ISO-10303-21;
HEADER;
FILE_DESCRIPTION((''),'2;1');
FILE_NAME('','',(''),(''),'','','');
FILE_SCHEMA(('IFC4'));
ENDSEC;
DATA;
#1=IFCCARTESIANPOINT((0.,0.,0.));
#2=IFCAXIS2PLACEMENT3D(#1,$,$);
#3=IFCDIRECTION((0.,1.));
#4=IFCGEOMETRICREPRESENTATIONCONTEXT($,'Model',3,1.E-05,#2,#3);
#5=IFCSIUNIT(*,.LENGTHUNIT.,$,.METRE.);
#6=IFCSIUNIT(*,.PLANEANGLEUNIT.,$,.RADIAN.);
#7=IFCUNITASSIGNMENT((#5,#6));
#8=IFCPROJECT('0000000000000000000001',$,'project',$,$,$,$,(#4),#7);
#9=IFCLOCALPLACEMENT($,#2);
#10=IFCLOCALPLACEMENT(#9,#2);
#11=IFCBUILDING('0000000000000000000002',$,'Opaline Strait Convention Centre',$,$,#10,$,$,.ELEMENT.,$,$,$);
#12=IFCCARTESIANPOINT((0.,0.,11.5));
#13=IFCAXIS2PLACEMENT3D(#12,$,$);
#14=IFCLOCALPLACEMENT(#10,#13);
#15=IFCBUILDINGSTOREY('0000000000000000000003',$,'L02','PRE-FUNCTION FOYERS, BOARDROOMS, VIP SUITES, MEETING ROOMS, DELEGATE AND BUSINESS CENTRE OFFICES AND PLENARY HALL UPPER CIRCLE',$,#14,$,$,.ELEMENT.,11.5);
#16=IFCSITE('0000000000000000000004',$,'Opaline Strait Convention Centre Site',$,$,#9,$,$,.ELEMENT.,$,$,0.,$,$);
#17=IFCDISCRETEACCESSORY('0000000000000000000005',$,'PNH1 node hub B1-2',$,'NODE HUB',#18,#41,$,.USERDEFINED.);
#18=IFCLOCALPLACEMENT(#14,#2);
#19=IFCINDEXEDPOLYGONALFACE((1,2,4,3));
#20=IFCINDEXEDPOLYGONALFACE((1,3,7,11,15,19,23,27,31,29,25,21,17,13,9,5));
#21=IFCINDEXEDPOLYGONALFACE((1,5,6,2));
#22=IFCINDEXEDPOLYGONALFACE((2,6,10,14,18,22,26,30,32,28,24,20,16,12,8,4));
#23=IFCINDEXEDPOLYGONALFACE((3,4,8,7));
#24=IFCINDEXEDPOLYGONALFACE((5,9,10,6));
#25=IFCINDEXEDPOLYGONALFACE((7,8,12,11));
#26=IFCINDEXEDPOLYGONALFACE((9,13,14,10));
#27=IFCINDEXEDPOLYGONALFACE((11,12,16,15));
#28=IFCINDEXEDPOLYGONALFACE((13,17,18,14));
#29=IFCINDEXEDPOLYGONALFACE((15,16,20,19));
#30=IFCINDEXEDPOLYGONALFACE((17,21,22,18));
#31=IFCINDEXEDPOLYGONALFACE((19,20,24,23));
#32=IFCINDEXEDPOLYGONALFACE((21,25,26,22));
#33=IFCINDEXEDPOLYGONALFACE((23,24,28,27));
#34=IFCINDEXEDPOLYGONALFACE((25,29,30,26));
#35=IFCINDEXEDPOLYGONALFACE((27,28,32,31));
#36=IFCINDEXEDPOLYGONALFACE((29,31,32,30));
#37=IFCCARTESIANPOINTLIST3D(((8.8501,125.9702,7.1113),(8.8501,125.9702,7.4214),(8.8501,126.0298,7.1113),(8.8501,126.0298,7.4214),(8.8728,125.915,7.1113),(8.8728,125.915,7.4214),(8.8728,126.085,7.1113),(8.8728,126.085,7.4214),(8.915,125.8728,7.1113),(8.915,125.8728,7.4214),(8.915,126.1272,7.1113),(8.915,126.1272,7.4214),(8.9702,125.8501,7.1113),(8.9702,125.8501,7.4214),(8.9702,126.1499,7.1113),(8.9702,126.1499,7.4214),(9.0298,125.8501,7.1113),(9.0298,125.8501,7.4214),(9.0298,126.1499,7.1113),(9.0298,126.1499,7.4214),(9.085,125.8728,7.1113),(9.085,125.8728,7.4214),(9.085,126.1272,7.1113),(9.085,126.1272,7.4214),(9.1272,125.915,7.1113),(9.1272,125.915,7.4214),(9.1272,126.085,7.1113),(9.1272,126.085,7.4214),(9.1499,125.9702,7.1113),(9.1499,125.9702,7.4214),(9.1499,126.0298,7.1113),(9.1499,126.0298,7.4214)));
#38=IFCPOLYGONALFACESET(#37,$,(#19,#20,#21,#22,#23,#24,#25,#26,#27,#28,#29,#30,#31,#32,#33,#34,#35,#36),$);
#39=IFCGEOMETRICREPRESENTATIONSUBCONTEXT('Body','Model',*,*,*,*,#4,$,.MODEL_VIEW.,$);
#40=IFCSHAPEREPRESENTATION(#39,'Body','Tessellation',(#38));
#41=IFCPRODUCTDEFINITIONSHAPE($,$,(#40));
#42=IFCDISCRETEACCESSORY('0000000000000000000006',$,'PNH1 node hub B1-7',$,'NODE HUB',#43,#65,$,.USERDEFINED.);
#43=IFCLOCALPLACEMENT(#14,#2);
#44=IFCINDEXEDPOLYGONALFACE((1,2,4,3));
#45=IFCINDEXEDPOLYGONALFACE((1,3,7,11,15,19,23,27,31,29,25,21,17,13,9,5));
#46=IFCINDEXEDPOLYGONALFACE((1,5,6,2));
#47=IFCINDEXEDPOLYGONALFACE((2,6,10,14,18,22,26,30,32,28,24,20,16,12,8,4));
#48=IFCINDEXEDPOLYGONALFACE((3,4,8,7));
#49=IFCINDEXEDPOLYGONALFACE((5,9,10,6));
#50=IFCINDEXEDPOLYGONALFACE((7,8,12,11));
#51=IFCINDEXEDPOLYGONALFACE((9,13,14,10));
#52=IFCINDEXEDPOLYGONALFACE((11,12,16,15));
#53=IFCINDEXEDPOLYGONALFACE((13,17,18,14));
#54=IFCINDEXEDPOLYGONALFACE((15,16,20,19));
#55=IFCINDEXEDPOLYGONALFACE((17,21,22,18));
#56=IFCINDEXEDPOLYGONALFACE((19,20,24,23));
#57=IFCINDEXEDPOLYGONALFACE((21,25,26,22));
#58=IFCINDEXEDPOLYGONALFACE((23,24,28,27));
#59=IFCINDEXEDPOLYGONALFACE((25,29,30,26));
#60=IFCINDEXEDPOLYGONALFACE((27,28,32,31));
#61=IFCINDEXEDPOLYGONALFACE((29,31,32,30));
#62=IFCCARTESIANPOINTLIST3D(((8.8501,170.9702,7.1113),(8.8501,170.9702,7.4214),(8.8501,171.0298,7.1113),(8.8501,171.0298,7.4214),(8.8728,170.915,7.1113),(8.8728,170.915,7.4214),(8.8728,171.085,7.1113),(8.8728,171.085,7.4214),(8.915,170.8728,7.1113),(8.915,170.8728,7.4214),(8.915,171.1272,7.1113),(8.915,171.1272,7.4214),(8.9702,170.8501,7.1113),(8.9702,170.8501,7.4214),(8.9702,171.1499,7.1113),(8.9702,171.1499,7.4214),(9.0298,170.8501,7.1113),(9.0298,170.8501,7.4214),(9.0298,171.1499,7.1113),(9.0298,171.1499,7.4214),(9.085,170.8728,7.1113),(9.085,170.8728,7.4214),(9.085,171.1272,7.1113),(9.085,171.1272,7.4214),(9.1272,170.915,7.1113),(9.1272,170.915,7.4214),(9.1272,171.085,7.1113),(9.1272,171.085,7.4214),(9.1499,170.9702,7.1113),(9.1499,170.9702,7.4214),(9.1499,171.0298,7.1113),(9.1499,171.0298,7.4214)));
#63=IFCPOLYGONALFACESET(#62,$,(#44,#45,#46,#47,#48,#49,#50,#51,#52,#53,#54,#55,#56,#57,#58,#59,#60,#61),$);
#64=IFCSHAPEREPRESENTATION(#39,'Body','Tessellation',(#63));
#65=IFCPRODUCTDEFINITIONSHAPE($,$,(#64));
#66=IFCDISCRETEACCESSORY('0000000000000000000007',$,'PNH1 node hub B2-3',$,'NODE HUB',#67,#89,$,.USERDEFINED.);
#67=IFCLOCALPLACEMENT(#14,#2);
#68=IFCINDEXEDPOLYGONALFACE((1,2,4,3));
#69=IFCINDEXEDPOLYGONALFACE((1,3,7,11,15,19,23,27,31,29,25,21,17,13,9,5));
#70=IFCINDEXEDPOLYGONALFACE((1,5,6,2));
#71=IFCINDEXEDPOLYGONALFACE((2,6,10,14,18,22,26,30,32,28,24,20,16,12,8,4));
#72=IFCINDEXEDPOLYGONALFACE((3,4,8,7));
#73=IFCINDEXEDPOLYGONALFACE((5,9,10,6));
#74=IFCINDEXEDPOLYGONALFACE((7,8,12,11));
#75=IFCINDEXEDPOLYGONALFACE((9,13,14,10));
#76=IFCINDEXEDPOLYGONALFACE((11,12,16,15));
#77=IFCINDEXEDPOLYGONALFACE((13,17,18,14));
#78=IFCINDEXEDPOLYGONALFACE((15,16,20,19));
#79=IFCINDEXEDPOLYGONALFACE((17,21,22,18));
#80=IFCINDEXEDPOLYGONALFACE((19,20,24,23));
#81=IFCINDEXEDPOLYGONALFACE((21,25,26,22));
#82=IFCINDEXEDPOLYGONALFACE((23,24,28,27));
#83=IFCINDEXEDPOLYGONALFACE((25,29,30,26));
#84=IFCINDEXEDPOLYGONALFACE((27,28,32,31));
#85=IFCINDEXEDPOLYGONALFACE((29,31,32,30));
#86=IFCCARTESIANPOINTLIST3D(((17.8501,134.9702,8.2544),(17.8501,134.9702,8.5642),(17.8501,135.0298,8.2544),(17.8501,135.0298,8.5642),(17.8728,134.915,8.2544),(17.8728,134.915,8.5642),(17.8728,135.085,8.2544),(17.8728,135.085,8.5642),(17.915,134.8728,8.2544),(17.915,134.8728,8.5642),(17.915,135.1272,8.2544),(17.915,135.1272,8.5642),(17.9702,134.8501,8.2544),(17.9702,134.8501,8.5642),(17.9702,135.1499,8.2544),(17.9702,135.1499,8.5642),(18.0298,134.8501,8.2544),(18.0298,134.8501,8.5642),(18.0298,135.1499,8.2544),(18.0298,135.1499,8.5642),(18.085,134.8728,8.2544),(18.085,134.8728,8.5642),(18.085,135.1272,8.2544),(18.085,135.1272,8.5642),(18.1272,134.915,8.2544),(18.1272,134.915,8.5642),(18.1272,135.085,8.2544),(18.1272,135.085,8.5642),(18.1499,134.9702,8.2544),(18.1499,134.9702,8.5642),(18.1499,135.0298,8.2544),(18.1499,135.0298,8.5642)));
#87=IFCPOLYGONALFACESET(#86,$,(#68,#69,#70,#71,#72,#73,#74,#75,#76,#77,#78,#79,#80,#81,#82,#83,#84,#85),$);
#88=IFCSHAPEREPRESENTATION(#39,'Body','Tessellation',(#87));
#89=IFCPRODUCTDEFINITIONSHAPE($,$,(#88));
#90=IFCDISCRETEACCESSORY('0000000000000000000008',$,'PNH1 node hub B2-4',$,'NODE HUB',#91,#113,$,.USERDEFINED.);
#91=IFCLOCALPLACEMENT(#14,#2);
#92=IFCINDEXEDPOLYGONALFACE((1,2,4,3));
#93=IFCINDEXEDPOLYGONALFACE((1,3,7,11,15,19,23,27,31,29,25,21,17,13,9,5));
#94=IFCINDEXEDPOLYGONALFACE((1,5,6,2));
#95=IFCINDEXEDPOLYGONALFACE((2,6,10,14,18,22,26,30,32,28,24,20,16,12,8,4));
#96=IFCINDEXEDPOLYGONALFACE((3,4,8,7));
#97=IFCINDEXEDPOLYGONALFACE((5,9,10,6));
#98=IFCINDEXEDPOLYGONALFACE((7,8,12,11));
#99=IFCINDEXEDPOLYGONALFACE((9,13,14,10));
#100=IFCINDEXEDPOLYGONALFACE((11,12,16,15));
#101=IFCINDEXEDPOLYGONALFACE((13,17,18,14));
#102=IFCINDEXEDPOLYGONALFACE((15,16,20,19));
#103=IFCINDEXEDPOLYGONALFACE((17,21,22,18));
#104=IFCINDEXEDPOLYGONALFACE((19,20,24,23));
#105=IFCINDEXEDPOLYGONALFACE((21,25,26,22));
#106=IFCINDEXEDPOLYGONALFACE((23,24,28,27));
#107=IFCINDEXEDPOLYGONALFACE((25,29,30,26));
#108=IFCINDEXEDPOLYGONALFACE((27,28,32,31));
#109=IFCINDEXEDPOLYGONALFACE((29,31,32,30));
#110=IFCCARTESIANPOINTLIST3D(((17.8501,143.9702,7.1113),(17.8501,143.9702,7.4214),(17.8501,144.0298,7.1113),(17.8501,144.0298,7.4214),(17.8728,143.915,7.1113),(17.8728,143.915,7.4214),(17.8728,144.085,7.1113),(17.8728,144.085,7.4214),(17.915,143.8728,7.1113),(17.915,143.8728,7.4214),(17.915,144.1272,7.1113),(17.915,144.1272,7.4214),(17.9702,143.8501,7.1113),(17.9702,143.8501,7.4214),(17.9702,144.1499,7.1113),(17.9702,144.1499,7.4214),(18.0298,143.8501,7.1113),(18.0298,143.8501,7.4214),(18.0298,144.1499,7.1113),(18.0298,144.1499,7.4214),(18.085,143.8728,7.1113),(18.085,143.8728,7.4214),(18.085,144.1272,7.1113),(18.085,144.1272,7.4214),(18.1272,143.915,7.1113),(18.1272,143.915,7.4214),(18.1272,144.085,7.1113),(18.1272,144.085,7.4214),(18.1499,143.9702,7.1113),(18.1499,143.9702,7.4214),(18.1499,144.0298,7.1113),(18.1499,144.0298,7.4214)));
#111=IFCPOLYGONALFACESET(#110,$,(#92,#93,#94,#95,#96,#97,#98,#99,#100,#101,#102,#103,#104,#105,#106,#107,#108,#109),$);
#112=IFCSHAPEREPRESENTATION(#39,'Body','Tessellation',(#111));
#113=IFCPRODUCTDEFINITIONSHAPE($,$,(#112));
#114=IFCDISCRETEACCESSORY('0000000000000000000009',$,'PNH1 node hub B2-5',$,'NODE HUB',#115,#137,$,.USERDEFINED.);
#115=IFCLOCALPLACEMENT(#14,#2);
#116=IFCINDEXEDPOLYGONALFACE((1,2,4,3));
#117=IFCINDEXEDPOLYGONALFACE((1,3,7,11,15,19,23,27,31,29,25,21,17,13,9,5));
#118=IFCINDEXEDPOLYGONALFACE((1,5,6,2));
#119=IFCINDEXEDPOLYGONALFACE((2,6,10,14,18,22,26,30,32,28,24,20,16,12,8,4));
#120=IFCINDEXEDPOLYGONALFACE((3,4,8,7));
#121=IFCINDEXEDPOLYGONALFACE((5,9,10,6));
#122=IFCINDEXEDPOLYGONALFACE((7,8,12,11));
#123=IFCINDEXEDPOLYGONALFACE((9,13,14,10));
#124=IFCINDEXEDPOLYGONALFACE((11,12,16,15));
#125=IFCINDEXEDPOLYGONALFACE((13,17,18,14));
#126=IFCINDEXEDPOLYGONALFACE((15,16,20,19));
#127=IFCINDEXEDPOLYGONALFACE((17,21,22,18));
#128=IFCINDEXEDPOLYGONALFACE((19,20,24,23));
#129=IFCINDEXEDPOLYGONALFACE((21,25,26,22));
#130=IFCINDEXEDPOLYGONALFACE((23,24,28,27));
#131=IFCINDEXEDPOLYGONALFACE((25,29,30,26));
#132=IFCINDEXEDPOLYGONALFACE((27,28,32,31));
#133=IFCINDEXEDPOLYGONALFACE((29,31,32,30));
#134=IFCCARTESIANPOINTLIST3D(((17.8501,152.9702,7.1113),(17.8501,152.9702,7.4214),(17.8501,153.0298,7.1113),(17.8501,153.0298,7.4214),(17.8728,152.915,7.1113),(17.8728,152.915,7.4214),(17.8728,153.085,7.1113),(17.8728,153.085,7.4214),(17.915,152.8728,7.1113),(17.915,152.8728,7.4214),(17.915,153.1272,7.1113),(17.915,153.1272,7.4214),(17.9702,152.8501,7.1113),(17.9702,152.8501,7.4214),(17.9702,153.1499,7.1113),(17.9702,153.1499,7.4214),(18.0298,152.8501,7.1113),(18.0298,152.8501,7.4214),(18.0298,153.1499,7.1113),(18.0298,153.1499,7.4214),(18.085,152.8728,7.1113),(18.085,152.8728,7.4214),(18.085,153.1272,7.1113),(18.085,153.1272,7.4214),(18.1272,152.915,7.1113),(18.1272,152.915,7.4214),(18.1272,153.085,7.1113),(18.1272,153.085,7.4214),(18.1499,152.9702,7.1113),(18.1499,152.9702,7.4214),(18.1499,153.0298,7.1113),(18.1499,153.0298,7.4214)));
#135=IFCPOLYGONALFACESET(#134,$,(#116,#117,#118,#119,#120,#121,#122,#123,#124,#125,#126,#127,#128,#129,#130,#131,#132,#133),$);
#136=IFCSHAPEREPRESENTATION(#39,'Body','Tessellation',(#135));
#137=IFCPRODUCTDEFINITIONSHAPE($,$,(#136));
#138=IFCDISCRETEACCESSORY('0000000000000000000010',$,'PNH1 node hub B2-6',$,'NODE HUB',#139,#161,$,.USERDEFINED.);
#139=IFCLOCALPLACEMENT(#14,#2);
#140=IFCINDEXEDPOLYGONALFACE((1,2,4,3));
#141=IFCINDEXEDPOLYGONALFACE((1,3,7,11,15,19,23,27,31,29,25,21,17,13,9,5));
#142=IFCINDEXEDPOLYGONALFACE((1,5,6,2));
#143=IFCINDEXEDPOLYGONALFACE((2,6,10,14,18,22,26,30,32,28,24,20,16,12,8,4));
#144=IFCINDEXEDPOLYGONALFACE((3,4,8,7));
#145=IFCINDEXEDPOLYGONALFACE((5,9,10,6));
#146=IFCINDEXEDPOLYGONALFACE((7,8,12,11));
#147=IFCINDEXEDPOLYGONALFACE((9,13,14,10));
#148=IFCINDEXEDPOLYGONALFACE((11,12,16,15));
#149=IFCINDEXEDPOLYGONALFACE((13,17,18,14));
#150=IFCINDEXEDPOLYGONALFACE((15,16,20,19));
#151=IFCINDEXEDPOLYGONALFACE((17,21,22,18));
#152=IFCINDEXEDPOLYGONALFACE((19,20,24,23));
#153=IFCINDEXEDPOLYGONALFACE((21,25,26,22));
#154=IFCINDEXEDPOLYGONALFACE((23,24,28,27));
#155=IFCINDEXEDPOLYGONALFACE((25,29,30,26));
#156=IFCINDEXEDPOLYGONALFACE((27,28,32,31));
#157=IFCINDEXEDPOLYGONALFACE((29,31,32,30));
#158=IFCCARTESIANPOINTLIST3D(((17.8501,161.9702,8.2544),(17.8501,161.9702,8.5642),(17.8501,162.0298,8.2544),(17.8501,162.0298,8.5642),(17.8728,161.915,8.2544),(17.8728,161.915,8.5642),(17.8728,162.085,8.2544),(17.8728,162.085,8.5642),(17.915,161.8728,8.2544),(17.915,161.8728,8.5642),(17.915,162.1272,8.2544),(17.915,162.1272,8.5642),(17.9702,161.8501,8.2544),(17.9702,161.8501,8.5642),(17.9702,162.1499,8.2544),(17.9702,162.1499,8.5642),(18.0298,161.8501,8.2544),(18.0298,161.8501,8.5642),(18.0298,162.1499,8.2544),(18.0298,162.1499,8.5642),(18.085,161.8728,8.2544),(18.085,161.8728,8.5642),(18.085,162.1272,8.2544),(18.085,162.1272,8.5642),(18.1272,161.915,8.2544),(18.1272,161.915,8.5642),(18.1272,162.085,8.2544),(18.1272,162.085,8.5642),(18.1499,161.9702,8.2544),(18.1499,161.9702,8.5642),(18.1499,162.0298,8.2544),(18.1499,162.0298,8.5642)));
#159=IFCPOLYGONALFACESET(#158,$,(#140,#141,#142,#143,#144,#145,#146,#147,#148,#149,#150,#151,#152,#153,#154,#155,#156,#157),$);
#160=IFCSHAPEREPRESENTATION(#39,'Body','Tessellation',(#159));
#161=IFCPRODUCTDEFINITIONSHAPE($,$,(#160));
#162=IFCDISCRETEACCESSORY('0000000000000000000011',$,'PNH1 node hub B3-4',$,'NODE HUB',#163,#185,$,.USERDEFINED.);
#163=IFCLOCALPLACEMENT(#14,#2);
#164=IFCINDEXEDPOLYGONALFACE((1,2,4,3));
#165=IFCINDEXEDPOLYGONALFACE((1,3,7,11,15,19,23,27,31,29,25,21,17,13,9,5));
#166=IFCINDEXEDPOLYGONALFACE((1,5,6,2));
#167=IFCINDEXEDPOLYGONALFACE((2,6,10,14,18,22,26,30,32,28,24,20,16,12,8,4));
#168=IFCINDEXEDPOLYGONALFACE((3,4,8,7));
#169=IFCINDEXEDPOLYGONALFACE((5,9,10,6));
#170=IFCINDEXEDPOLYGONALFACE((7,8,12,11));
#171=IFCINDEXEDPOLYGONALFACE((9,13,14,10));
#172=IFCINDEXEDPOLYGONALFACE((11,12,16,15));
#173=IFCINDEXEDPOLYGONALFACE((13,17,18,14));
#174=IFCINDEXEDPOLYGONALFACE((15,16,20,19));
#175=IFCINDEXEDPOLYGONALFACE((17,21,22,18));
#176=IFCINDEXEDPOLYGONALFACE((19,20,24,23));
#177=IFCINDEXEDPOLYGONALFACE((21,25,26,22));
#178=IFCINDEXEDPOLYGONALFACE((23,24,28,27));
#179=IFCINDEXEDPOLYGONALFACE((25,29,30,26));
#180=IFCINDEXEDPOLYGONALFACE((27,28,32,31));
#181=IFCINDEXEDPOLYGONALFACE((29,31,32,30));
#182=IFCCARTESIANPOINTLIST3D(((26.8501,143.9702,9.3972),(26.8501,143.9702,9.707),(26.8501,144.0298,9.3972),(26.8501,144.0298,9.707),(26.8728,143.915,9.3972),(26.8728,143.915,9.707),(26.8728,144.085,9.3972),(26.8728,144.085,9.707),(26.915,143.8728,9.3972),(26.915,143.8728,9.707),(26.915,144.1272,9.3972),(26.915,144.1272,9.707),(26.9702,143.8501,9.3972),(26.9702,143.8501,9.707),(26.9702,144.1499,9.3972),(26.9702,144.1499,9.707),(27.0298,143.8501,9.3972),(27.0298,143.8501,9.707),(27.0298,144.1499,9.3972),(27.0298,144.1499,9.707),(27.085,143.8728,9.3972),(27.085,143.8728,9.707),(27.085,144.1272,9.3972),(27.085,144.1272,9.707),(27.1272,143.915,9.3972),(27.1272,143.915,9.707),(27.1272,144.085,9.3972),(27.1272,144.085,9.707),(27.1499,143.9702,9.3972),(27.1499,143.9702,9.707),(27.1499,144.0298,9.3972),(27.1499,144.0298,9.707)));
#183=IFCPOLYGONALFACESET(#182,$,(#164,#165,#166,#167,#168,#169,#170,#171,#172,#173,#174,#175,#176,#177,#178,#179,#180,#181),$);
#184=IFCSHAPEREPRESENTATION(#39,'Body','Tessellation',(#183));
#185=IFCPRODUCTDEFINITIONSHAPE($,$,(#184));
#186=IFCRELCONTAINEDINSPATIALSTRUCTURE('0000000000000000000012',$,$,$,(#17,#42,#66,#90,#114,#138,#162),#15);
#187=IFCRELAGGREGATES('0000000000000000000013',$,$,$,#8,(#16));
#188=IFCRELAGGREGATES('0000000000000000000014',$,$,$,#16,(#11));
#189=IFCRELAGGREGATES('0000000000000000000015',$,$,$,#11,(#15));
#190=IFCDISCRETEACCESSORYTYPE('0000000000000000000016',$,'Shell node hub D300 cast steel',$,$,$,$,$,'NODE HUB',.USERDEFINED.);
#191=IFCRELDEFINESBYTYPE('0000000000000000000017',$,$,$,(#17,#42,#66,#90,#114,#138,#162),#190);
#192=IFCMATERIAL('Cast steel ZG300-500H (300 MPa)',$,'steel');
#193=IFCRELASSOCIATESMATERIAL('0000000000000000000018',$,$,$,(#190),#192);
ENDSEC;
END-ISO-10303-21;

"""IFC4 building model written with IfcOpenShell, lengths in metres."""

from ifc_helpers import new_model, si_unit, direction, frame, origin, place, context, subcontext, project, spatial, polyline, outline, extrude, material, type_object, element, save


model = new_model("IFC4")

# Units and contexts
model_context = context("Model", 3, precision=1e-05, world=origin(), true_north=direction((0.0, 1.0)))
body_context = subcontext(model_context, "Body", "Model", "MODEL_VIEW")
ifc_project = project(units=[si_unit("LENGTHUNIT", "METRE"), si_unit("PLANEANGLEUNIT", "RADIAN")], contexts=[model_context])

# Site, building, storey
site_placement = place(None, origin())
site = spatial("IfcSite", under=ifc_project, at=site_placement, Name="Opaline Strait Convention Centre Site", CompositionType="ELEMENT", RefElevation=0.0)
building_placement = place(site_placement, origin())
building = spatial("IfcBuilding", under=site, at=building_placement, Name="Opaline Strait Convention Centre", CompositionType="ELEMENT")
storey_placement = place(building_placement, frame((0.0, 0.0, 11.5)))
storey = spatial("IfcBuildingStorey", under=building, at=storey_placement, Name="L02", Description="PRE-FUNCTION FOYERS, BOARDROOMS, VIP SUITES, MEETING ROOMS, DELEGATE AND BUSINESS CENTRE OFFICES AND PLENARY HALL UPPER CIRCLE", CompositionType="ELEMENT", Elevation=11.5)

# Discrete accessories
ifc_material = material(Name="Cast steel ZG300-500H (300 MPa)", Category="steel")
discrete_accessory_type = type_object("IfcDiscreteAccessoryType", Name="Shell node hub D300 cast steel", ElementType="NODE HUB", PredefinedType="USERDEFINED", material=ifc_material)
discrete_accessory_1_placement = place(storey_placement, frame((0.0, 0.0, 7.1113)))
element("IfcDiscreteAccessory", 1, at=discrete_accessory_1_placement, inside=storey, type_object=discrete_accessory_type, Name="PNH1 node hub B1-2", ObjectType="NODE HUB", PredefinedType="USERDEFINED", context=body_context, shape_type="SweptSolid", body=[
    extrude(outline(polyline([(9.1499, 126.0298), (9.1272, 126.085), (9.085, 126.1272), (9.0298, 126.1499), (8.9702, 126.1499), (8.915, 126.1272), (8.8728, 126.085), (8.8501, 126.0298), (8.8501, 125.9702), (8.8728, 125.915), (8.915, 125.8728), (8.9702, 125.8501), (9.0298, 125.8501), (9.085, 125.8728), (9.1272, 125.915), (9.1499, 125.9702), (9.1499, 126.0298)])), origin(), (0.0, 0.0, 1.0), 0.3101),
])
discrete_accessory_2_placement = place(storey_placement, frame((0.0, 0.0, 7.1113)))
element("IfcDiscreteAccessory", 2, at=discrete_accessory_2_placement, inside=storey, type_object=discrete_accessory_type, Name="PNH1 node hub B1-7", ObjectType="NODE HUB", PredefinedType="USERDEFINED", context=body_context, shape_type="SweptSolid", body=[
    extrude(outline(polyline([(9.1499, 171.0298), (9.1272, 171.085), (9.085, 171.1272), (9.0298, 171.1499), (8.9702, 171.1499), (8.915, 171.1272), (8.8728, 171.085), (8.8501, 171.0298), (8.8501, 170.9702), (8.8728, 170.915), (8.915, 170.8728), (8.9702, 170.8501), (9.0298, 170.8501), (9.085, 170.8728), (9.1272, 170.915), (9.1499, 170.9702), (9.1499, 171.0298)])), origin(), (0.0, 0.0, 1.0), 0.3101),
])
discrete_accessory_3_placement = place(storey_placement, frame((0.0, 0.0, 8.2544)))
element("IfcDiscreteAccessory", 3, at=discrete_accessory_3_placement, inside=storey, type_object=discrete_accessory_type, Name="PNH1 node hub B2-3", ObjectType="NODE HUB", PredefinedType="USERDEFINED", context=body_context, shape_type="SweptSolid", body=[
    extrude(outline(polyline([(18.1499, 135.0298), (18.1272, 135.085), (18.085, 135.1272), (18.0298, 135.1499), (17.9702, 135.1499), (17.915, 135.1272), (17.8728, 135.085), (17.8501, 135.0298), (17.8501, 134.9702), (17.8728, 134.915), (17.915, 134.8728), (17.9702, 134.8501), (18.0298, 134.8501), (18.085, 134.8728), (18.1272, 134.915), (18.1499, 134.9702), (18.1499, 135.0298)])), origin(), (0.0, 0.0, 1.0), 0.3098),
])
discrete_accessory_4_placement = place(storey_placement, frame((0.0, 0.0, 7.1113)))
element("IfcDiscreteAccessory", 4, at=discrete_accessory_4_placement, inside=storey, type_object=discrete_accessory_type, Name="PNH1 node hub B2-4", ObjectType="NODE HUB", PredefinedType="USERDEFINED", context=body_context, shape_type="SweptSolid", body=[
    extrude(outline(polyline([(18.1499, 144.0298), (18.1272, 144.085), (18.085, 144.1272), (18.0298, 144.1499), (17.9702, 144.1499), (17.915, 144.1272), (17.8728, 144.085), (17.8501, 144.0298), (17.8501, 143.9702), (17.8728, 143.915), (17.915, 143.8728), (17.9702, 143.8501), (18.0298, 143.8501), (18.085, 143.8728), (18.1272, 143.915), (18.1499, 143.9702), (18.1499, 144.0298)])), origin(), (0.0, 0.0, 1.0), 0.3101),
])
discrete_accessory_5_placement = place(storey_placement, frame((0.0, 0.0, 7.1113)))
element("IfcDiscreteAccessory", 5, at=discrete_accessory_5_placement, inside=storey, type_object=discrete_accessory_type, Name="PNH1 node hub B2-5", ObjectType="NODE HUB", PredefinedType="USERDEFINED", context=body_context, shape_type="SweptSolid", body=[
    extrude(outline(polyline([(18.1499, 153.0298), (18.1272, 153.085), (18.085, 153.1272), (18.0298, 153.1499), (17.9702, 153.1499), (17.915, 153.1272), (17.8728, 153.085), (17.8501, 153.0298), (17.8501, 152.9702), (17.8728, 152.915), (17.915, 152.8728), (17.9702, 152.8501), (18.0298, 152.8501), (18.085, 152.8728), (18.1272, 152.915), (18.1499, 152.9702), (18.1499, 153.0298)])), origin(), (0.0, 0.0, 1.0), 0.3101),
])
discrete_accessory_6_placement = place(storey_placement, frame((0.0, 0.0, 8.2544)))
element("IfcDiscreteAccessory", 6, at=discrete_accessory_6_placement, inside=storey, type_object=discrete_accessory_type, Name="PNH1 node hub B2-6", ObjectType="NODE HUB", PredefinedType="USERDEFINED", context=body_context, shape_type="SweptSolid", body=[
    extrude(outline(polyline([(18.1499, 162.0298), (18.1272, 162.085), (18.085, 162.1272), (18.0298, 162.1499), (17.9702, 162.1499), (17.915, 162.1272), (17.8728, 162.085), (17.8501, 162.0298), (17.8501, 161.9702), (17.8728, 161.915), (17.915, 161.8728), (17.9702, 161.8501), (18.0298, 161.8501), (18.085, 161.8728), (18.1272, 161.915), (18.1499, 161.9702), (18.1499, 162.0298)])), origin(), (0.0, 0.0, 1.0), 0.3098),
])
discrete_accessory_7_placement = place(storey_placement, frame((0.0, 0.0, 9.3972)))
element("IfcDiscreteAccessory", 7, at=discrete_accessory_7_placement, inside=storey, type_object=discrete_accessory_type, Name="PNH1 node hub B3-4", ObjectType="NODE HUB", PredefinedType="USERDEFINED", context=body_context, shape_type="SweptSolid", body=[
    extrude(outline(polyline([(27.1499, 144.0298), (27.1272, 144.085), (27.085, 144.1272), (27.0298, 144.1499), (26.9702, 144.1499), (26.915, 144.1272), (26.8728, 144.085), (26.8501, 144.0298), (26.8501, 143.9702), (26.8728, 143.915), (26.915, 143.8728), (26.9702, 143.8501), (27.0298, 143.8501), (27.085, 143.8728), (27.1272, 143.915), (27.1499, 143.9702), (27.1499, 144.0298)])), origin(), (0.0, 0.0, 1.0), 0.3098),
])

save(model, "model.ifc")
